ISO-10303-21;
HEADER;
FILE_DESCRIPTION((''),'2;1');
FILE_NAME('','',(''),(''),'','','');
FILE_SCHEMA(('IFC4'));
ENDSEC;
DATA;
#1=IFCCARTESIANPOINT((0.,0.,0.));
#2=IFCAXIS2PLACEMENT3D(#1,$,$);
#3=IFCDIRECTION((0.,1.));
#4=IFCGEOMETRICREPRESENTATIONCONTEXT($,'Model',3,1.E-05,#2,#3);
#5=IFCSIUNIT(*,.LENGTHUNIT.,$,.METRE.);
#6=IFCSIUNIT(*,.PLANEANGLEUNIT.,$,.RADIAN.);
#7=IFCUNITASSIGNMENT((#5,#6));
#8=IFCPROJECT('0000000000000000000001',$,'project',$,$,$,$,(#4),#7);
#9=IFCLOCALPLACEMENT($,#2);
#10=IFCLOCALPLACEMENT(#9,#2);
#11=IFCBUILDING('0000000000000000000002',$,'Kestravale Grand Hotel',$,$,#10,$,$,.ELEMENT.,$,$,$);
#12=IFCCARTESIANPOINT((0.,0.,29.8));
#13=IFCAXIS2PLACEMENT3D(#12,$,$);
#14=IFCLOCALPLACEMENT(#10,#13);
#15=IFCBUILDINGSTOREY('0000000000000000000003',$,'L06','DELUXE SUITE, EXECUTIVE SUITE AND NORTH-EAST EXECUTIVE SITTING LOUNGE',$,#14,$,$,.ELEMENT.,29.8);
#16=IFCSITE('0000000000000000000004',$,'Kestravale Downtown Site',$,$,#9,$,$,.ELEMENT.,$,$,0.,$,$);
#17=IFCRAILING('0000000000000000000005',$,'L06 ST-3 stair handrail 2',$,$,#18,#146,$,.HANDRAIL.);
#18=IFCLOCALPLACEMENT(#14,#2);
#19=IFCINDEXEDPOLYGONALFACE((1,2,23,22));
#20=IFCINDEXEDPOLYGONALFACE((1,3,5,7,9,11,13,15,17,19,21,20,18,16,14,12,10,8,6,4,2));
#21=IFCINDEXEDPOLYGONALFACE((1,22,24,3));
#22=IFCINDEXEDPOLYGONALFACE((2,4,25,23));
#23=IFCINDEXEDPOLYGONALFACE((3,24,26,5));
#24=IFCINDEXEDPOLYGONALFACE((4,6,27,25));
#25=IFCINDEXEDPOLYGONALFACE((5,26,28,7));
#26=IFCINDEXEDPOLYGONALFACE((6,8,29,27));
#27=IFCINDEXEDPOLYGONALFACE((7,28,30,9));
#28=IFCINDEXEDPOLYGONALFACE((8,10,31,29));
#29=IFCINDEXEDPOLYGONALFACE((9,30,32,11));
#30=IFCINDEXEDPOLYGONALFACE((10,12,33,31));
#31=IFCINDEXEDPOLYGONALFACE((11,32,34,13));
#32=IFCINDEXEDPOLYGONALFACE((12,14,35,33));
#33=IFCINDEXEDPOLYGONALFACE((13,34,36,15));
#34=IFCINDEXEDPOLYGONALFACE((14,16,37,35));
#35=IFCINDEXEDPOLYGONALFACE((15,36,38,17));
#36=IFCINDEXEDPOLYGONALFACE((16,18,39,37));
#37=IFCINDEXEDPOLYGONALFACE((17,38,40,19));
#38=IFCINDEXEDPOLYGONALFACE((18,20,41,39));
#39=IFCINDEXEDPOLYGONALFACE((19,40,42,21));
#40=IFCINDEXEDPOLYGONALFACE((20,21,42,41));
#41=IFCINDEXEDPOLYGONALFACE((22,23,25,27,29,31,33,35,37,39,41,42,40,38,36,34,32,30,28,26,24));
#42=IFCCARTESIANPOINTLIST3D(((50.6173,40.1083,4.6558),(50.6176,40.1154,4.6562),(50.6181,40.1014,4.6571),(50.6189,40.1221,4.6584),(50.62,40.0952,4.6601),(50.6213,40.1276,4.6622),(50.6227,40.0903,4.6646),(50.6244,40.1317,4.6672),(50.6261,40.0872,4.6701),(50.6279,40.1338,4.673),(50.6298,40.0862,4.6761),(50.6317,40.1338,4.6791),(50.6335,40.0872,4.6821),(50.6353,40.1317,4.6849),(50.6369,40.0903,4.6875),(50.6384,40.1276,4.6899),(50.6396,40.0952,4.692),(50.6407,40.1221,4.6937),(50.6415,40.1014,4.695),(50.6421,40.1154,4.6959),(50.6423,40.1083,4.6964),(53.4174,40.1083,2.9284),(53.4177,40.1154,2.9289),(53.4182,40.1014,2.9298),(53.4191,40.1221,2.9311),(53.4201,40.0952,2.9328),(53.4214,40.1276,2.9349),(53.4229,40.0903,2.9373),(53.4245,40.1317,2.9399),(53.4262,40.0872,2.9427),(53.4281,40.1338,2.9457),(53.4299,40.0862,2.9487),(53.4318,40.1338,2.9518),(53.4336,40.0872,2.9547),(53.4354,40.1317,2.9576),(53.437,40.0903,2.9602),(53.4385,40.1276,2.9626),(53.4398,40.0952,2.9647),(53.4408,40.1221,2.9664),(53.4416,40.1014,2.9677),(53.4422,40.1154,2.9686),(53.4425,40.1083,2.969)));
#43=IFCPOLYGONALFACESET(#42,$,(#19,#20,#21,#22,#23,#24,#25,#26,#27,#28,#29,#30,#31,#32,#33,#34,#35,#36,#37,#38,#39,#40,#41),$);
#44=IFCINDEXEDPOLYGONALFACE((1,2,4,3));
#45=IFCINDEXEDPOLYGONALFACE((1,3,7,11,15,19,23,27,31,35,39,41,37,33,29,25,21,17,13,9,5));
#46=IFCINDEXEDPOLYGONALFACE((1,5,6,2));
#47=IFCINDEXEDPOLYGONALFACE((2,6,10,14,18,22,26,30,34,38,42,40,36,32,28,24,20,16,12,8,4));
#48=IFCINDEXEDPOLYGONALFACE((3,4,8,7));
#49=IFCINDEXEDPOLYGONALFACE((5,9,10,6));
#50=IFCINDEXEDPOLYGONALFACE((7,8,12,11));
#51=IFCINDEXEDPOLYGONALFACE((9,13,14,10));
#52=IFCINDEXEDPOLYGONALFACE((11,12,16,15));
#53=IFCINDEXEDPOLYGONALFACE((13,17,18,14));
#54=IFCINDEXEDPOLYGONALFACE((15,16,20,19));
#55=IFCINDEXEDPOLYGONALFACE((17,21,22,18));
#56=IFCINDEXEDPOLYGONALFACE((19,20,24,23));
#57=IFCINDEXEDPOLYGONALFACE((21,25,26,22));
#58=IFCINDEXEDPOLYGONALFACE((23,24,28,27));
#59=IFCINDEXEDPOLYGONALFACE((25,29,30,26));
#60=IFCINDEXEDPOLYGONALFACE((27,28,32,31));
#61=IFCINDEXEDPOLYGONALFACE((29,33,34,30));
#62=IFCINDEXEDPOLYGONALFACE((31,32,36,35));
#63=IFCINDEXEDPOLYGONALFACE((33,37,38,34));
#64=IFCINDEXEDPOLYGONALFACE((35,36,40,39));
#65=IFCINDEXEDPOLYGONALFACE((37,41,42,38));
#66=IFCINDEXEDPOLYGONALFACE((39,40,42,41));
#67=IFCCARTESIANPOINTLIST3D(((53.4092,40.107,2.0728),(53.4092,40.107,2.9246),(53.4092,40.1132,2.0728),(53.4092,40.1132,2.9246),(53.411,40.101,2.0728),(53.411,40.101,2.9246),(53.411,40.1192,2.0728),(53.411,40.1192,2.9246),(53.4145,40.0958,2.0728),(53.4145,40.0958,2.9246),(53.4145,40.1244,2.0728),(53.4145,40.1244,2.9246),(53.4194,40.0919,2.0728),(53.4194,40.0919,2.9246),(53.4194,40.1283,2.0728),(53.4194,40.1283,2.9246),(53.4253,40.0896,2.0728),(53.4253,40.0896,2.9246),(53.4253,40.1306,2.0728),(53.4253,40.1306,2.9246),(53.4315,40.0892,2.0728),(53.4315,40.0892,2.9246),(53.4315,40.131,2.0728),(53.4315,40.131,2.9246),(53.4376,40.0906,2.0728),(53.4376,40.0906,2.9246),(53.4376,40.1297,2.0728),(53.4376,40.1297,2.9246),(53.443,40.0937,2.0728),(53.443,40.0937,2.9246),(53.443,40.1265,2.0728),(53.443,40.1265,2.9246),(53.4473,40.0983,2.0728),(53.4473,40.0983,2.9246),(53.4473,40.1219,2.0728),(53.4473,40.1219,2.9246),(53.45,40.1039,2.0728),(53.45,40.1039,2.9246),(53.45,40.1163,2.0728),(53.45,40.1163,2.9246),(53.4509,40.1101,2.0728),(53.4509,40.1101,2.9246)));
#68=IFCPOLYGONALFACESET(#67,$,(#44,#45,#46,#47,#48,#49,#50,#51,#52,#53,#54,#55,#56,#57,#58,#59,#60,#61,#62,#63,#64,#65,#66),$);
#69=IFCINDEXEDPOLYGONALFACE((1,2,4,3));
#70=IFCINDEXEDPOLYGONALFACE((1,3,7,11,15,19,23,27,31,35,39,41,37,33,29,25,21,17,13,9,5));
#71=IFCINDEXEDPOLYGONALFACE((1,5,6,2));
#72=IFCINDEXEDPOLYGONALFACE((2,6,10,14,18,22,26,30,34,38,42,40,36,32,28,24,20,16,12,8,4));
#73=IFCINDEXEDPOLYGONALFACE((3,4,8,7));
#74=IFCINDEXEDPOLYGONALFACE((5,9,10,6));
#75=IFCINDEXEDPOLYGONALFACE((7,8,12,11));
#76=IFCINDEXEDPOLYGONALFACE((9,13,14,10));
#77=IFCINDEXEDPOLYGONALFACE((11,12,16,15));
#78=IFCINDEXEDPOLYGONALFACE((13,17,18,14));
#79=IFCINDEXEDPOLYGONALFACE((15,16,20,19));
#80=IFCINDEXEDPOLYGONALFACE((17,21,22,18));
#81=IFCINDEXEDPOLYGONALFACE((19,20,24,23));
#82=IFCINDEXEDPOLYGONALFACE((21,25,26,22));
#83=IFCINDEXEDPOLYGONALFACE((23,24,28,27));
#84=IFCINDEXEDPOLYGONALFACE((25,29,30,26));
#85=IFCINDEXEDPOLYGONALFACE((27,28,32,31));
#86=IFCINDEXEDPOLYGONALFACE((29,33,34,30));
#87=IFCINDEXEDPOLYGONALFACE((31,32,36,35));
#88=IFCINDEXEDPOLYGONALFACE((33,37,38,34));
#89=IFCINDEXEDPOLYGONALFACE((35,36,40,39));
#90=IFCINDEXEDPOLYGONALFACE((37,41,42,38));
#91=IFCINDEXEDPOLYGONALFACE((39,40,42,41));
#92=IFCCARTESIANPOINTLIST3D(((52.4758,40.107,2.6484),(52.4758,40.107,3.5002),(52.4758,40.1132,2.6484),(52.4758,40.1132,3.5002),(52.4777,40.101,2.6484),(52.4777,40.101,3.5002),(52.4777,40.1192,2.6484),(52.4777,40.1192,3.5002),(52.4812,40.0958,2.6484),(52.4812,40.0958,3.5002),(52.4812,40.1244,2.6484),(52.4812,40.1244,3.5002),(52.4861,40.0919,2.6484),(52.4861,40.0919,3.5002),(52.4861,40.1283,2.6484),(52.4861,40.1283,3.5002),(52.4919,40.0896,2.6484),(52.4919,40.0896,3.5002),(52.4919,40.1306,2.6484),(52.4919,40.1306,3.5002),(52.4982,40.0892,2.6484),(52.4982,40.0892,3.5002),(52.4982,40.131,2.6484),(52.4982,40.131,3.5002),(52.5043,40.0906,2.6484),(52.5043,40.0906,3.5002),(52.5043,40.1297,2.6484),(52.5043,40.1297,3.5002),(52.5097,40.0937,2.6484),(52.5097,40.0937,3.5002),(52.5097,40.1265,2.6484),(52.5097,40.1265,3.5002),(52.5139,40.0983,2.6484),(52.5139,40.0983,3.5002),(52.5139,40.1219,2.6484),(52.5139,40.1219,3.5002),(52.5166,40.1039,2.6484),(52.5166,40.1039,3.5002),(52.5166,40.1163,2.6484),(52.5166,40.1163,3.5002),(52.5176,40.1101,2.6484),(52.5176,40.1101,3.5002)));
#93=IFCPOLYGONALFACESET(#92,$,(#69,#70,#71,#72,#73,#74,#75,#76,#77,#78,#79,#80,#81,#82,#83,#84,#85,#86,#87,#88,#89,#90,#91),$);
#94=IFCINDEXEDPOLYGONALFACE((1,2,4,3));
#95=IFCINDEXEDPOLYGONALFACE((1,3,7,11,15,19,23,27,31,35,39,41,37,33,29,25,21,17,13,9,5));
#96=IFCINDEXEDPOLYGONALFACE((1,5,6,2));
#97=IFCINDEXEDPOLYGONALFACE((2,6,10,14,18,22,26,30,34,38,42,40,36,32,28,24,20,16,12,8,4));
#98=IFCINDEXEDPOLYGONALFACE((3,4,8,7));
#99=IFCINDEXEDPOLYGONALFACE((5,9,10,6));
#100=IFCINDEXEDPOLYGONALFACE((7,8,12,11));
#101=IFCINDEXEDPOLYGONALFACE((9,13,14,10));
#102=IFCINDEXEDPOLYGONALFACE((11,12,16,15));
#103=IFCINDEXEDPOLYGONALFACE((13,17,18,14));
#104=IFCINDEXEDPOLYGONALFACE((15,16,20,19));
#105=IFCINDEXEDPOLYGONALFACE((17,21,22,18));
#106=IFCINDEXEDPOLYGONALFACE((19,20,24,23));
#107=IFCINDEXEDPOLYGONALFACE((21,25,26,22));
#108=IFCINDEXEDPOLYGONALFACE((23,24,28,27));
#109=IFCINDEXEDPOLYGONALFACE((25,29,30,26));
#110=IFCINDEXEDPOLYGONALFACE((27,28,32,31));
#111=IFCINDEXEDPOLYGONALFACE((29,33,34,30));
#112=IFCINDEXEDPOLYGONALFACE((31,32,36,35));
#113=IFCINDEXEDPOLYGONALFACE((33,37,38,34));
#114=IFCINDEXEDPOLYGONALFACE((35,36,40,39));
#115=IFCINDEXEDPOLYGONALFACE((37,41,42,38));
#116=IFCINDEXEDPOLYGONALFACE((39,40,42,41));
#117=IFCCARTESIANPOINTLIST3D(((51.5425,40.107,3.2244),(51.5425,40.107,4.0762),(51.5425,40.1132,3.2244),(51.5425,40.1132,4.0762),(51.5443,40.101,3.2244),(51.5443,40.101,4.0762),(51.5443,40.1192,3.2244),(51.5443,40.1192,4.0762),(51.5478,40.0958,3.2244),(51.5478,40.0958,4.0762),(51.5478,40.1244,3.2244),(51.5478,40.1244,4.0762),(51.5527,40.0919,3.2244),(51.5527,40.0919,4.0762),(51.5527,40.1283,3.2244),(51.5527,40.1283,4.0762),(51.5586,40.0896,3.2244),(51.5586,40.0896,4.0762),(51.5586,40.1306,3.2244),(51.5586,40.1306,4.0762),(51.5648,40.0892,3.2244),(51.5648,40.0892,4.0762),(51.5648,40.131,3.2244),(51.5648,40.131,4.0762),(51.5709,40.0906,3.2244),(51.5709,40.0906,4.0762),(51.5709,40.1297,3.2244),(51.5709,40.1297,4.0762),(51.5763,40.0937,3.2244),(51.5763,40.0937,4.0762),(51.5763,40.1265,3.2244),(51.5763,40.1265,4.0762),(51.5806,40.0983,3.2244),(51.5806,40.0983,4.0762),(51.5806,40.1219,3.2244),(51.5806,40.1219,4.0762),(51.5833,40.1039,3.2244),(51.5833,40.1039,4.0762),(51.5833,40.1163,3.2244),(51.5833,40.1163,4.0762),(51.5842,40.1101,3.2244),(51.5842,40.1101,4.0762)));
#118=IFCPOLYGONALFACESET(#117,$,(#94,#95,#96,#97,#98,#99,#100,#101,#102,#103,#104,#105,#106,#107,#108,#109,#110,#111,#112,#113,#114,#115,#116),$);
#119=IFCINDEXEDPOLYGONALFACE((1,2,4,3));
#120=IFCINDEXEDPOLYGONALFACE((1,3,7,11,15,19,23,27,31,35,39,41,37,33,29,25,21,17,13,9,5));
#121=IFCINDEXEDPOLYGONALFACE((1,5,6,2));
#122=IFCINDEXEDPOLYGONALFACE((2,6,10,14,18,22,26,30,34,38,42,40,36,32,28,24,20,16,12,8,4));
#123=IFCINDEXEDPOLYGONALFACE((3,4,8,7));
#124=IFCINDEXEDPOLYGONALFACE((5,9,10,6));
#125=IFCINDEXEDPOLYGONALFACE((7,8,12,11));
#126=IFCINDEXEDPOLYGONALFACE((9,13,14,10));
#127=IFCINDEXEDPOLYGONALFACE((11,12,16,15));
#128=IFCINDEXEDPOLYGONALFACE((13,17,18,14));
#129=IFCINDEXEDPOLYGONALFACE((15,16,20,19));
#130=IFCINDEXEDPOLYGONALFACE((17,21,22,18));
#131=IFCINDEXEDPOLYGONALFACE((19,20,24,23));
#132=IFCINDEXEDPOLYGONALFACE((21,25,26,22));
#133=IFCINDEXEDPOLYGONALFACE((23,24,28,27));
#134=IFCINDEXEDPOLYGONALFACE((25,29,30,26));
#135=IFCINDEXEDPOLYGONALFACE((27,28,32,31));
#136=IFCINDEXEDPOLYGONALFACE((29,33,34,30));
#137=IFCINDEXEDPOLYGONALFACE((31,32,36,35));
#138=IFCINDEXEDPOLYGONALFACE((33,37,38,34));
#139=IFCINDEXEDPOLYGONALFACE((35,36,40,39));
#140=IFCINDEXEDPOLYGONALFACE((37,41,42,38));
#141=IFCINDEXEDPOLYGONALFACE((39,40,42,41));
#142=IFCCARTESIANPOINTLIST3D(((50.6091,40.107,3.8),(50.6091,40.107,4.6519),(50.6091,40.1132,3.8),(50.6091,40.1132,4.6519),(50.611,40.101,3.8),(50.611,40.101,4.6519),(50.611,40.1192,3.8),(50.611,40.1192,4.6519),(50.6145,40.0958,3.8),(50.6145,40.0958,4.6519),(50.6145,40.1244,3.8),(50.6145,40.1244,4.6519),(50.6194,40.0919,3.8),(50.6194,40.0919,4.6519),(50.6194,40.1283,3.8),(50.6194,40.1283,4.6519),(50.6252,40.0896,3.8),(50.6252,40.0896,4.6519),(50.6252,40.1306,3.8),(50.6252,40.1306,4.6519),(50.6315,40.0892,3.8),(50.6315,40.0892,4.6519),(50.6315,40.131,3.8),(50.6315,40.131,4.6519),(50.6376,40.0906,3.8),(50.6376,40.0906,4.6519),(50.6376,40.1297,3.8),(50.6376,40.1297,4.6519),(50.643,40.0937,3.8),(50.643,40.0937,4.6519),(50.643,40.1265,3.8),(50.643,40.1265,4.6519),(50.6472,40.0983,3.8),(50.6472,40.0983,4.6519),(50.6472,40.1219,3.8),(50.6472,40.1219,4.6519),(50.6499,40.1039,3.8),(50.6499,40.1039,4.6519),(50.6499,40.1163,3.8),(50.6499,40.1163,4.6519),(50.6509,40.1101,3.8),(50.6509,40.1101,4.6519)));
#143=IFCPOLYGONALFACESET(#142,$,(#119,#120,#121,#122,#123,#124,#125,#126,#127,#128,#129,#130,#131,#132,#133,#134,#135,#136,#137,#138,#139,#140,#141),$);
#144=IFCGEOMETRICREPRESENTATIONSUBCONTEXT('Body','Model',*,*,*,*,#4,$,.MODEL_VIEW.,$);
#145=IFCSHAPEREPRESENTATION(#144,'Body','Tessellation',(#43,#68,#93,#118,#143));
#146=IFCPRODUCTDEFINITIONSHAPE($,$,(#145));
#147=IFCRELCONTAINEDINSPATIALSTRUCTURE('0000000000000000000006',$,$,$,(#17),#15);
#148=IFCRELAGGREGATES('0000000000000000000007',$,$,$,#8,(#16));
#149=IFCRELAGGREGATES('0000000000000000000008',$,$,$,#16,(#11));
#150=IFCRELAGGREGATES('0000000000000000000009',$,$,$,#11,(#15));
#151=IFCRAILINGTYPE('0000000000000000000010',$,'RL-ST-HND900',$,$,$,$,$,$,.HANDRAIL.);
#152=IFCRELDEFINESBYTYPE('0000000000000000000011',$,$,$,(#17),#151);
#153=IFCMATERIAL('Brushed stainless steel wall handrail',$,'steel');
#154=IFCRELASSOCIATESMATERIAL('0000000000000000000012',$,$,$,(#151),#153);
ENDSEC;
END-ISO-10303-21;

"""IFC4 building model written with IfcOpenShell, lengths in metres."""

from ifc_helpers import new_model, si_unit, direction, frame, origin, origin_2d, place, context, subcontext, project, spatial, circle, extrude, material, type_object, element, save


model = new_model("IFC4")

# Units and contexts
model_context = context("Model", 3, precision=1e-05, world=origin(), true_north=direction((0.0, 1.0)))
body_context = subcontext(model_context, "Body", "Model", "MODEL_VIEW")
ifc_project = project(units=[si_unit("LENGTHUNIT", "METRE"), si_unit("PLANEANGLEUNIT", "RADIAN")], contexts=[model_context])

# Site, building, storey
site_placement = place(None, origin())
site = spatial("IfcSite", under=ifc_project, at=site_placement, Name="Kestravale Downtown Site", CompositionType="ELEMENT", RefElevation=0.0)
building_placement = place(site_placement, origin())
building = spatial("IfcBuilding", under=site, at=building_placement, Name="Kestravale Grand Hotel", CompositionType="ELEMENT")
storey_placement = place(building_placement, frame((0.0, 0.0, 29.8)))
storey = spatial("IfcBuildingStorey", under=building, at=storey_placement, Name="L06", Description="DELUXE SUITE, EXECUTIVE SUITE AND NORTH-EAST EXECUTIVE SITTING LOUNGE", CompositionType="ELEMENT", Elevation=29.8)

# Railing
ifc_material_1 = material(Name="Brushed stainless steel wall handrail", Category="steel")
railing_type_1 = type_object("IfcRailingType", Name="RL-ST-HND900", PredefinedType="HANDRAIL", material=ifc_material_1)
railing_1_placement = place(storey_placement, frame((53.4299, 40.1101, 2.0728)))
element("IfcRailing", 1, at=railing_1_placement, inside=storey, type_object=railing_type_1, Name="L06 ST-3 stair handrail 2", PredefinedType="HANDRAIL", context=body_context, shape_type="SweptSolid", body=[
    extrude(circle(Radius=0.0239, at=origin_2d()), frame((0.0, 0.0, 0.876), z_axis=(-0.85109, 0.0, 0.52502), x_axis=(0.0, -1.0, 0.0)), (0.0, 0.0, 1.0), 3.29),
    extrude(circle(Radius=0.021, at=origin_2d()), origin(), (0.0, 0.0, 1.0), 0.8518),
    extrude(circle(Radius=0.021, at=origin_2d()), frame((-0.9333, 0.0, 0.5757)), (0.0, 0.0, 1.0), 0.8518),
    extrude(circle(Radius=0.021, at=origin_2d()), frame((-1.8667, 0.0, 1.1516)), (0.0, 0.0, 1.0), 0.8518),
    extrude(circle(Radius=0.021, at=origin_2d()), frame((-2.8, 0.0, 1.7273)), (0.0, 0.0, 1.0), 0.8518),
])

save(model, "model.ifc")
